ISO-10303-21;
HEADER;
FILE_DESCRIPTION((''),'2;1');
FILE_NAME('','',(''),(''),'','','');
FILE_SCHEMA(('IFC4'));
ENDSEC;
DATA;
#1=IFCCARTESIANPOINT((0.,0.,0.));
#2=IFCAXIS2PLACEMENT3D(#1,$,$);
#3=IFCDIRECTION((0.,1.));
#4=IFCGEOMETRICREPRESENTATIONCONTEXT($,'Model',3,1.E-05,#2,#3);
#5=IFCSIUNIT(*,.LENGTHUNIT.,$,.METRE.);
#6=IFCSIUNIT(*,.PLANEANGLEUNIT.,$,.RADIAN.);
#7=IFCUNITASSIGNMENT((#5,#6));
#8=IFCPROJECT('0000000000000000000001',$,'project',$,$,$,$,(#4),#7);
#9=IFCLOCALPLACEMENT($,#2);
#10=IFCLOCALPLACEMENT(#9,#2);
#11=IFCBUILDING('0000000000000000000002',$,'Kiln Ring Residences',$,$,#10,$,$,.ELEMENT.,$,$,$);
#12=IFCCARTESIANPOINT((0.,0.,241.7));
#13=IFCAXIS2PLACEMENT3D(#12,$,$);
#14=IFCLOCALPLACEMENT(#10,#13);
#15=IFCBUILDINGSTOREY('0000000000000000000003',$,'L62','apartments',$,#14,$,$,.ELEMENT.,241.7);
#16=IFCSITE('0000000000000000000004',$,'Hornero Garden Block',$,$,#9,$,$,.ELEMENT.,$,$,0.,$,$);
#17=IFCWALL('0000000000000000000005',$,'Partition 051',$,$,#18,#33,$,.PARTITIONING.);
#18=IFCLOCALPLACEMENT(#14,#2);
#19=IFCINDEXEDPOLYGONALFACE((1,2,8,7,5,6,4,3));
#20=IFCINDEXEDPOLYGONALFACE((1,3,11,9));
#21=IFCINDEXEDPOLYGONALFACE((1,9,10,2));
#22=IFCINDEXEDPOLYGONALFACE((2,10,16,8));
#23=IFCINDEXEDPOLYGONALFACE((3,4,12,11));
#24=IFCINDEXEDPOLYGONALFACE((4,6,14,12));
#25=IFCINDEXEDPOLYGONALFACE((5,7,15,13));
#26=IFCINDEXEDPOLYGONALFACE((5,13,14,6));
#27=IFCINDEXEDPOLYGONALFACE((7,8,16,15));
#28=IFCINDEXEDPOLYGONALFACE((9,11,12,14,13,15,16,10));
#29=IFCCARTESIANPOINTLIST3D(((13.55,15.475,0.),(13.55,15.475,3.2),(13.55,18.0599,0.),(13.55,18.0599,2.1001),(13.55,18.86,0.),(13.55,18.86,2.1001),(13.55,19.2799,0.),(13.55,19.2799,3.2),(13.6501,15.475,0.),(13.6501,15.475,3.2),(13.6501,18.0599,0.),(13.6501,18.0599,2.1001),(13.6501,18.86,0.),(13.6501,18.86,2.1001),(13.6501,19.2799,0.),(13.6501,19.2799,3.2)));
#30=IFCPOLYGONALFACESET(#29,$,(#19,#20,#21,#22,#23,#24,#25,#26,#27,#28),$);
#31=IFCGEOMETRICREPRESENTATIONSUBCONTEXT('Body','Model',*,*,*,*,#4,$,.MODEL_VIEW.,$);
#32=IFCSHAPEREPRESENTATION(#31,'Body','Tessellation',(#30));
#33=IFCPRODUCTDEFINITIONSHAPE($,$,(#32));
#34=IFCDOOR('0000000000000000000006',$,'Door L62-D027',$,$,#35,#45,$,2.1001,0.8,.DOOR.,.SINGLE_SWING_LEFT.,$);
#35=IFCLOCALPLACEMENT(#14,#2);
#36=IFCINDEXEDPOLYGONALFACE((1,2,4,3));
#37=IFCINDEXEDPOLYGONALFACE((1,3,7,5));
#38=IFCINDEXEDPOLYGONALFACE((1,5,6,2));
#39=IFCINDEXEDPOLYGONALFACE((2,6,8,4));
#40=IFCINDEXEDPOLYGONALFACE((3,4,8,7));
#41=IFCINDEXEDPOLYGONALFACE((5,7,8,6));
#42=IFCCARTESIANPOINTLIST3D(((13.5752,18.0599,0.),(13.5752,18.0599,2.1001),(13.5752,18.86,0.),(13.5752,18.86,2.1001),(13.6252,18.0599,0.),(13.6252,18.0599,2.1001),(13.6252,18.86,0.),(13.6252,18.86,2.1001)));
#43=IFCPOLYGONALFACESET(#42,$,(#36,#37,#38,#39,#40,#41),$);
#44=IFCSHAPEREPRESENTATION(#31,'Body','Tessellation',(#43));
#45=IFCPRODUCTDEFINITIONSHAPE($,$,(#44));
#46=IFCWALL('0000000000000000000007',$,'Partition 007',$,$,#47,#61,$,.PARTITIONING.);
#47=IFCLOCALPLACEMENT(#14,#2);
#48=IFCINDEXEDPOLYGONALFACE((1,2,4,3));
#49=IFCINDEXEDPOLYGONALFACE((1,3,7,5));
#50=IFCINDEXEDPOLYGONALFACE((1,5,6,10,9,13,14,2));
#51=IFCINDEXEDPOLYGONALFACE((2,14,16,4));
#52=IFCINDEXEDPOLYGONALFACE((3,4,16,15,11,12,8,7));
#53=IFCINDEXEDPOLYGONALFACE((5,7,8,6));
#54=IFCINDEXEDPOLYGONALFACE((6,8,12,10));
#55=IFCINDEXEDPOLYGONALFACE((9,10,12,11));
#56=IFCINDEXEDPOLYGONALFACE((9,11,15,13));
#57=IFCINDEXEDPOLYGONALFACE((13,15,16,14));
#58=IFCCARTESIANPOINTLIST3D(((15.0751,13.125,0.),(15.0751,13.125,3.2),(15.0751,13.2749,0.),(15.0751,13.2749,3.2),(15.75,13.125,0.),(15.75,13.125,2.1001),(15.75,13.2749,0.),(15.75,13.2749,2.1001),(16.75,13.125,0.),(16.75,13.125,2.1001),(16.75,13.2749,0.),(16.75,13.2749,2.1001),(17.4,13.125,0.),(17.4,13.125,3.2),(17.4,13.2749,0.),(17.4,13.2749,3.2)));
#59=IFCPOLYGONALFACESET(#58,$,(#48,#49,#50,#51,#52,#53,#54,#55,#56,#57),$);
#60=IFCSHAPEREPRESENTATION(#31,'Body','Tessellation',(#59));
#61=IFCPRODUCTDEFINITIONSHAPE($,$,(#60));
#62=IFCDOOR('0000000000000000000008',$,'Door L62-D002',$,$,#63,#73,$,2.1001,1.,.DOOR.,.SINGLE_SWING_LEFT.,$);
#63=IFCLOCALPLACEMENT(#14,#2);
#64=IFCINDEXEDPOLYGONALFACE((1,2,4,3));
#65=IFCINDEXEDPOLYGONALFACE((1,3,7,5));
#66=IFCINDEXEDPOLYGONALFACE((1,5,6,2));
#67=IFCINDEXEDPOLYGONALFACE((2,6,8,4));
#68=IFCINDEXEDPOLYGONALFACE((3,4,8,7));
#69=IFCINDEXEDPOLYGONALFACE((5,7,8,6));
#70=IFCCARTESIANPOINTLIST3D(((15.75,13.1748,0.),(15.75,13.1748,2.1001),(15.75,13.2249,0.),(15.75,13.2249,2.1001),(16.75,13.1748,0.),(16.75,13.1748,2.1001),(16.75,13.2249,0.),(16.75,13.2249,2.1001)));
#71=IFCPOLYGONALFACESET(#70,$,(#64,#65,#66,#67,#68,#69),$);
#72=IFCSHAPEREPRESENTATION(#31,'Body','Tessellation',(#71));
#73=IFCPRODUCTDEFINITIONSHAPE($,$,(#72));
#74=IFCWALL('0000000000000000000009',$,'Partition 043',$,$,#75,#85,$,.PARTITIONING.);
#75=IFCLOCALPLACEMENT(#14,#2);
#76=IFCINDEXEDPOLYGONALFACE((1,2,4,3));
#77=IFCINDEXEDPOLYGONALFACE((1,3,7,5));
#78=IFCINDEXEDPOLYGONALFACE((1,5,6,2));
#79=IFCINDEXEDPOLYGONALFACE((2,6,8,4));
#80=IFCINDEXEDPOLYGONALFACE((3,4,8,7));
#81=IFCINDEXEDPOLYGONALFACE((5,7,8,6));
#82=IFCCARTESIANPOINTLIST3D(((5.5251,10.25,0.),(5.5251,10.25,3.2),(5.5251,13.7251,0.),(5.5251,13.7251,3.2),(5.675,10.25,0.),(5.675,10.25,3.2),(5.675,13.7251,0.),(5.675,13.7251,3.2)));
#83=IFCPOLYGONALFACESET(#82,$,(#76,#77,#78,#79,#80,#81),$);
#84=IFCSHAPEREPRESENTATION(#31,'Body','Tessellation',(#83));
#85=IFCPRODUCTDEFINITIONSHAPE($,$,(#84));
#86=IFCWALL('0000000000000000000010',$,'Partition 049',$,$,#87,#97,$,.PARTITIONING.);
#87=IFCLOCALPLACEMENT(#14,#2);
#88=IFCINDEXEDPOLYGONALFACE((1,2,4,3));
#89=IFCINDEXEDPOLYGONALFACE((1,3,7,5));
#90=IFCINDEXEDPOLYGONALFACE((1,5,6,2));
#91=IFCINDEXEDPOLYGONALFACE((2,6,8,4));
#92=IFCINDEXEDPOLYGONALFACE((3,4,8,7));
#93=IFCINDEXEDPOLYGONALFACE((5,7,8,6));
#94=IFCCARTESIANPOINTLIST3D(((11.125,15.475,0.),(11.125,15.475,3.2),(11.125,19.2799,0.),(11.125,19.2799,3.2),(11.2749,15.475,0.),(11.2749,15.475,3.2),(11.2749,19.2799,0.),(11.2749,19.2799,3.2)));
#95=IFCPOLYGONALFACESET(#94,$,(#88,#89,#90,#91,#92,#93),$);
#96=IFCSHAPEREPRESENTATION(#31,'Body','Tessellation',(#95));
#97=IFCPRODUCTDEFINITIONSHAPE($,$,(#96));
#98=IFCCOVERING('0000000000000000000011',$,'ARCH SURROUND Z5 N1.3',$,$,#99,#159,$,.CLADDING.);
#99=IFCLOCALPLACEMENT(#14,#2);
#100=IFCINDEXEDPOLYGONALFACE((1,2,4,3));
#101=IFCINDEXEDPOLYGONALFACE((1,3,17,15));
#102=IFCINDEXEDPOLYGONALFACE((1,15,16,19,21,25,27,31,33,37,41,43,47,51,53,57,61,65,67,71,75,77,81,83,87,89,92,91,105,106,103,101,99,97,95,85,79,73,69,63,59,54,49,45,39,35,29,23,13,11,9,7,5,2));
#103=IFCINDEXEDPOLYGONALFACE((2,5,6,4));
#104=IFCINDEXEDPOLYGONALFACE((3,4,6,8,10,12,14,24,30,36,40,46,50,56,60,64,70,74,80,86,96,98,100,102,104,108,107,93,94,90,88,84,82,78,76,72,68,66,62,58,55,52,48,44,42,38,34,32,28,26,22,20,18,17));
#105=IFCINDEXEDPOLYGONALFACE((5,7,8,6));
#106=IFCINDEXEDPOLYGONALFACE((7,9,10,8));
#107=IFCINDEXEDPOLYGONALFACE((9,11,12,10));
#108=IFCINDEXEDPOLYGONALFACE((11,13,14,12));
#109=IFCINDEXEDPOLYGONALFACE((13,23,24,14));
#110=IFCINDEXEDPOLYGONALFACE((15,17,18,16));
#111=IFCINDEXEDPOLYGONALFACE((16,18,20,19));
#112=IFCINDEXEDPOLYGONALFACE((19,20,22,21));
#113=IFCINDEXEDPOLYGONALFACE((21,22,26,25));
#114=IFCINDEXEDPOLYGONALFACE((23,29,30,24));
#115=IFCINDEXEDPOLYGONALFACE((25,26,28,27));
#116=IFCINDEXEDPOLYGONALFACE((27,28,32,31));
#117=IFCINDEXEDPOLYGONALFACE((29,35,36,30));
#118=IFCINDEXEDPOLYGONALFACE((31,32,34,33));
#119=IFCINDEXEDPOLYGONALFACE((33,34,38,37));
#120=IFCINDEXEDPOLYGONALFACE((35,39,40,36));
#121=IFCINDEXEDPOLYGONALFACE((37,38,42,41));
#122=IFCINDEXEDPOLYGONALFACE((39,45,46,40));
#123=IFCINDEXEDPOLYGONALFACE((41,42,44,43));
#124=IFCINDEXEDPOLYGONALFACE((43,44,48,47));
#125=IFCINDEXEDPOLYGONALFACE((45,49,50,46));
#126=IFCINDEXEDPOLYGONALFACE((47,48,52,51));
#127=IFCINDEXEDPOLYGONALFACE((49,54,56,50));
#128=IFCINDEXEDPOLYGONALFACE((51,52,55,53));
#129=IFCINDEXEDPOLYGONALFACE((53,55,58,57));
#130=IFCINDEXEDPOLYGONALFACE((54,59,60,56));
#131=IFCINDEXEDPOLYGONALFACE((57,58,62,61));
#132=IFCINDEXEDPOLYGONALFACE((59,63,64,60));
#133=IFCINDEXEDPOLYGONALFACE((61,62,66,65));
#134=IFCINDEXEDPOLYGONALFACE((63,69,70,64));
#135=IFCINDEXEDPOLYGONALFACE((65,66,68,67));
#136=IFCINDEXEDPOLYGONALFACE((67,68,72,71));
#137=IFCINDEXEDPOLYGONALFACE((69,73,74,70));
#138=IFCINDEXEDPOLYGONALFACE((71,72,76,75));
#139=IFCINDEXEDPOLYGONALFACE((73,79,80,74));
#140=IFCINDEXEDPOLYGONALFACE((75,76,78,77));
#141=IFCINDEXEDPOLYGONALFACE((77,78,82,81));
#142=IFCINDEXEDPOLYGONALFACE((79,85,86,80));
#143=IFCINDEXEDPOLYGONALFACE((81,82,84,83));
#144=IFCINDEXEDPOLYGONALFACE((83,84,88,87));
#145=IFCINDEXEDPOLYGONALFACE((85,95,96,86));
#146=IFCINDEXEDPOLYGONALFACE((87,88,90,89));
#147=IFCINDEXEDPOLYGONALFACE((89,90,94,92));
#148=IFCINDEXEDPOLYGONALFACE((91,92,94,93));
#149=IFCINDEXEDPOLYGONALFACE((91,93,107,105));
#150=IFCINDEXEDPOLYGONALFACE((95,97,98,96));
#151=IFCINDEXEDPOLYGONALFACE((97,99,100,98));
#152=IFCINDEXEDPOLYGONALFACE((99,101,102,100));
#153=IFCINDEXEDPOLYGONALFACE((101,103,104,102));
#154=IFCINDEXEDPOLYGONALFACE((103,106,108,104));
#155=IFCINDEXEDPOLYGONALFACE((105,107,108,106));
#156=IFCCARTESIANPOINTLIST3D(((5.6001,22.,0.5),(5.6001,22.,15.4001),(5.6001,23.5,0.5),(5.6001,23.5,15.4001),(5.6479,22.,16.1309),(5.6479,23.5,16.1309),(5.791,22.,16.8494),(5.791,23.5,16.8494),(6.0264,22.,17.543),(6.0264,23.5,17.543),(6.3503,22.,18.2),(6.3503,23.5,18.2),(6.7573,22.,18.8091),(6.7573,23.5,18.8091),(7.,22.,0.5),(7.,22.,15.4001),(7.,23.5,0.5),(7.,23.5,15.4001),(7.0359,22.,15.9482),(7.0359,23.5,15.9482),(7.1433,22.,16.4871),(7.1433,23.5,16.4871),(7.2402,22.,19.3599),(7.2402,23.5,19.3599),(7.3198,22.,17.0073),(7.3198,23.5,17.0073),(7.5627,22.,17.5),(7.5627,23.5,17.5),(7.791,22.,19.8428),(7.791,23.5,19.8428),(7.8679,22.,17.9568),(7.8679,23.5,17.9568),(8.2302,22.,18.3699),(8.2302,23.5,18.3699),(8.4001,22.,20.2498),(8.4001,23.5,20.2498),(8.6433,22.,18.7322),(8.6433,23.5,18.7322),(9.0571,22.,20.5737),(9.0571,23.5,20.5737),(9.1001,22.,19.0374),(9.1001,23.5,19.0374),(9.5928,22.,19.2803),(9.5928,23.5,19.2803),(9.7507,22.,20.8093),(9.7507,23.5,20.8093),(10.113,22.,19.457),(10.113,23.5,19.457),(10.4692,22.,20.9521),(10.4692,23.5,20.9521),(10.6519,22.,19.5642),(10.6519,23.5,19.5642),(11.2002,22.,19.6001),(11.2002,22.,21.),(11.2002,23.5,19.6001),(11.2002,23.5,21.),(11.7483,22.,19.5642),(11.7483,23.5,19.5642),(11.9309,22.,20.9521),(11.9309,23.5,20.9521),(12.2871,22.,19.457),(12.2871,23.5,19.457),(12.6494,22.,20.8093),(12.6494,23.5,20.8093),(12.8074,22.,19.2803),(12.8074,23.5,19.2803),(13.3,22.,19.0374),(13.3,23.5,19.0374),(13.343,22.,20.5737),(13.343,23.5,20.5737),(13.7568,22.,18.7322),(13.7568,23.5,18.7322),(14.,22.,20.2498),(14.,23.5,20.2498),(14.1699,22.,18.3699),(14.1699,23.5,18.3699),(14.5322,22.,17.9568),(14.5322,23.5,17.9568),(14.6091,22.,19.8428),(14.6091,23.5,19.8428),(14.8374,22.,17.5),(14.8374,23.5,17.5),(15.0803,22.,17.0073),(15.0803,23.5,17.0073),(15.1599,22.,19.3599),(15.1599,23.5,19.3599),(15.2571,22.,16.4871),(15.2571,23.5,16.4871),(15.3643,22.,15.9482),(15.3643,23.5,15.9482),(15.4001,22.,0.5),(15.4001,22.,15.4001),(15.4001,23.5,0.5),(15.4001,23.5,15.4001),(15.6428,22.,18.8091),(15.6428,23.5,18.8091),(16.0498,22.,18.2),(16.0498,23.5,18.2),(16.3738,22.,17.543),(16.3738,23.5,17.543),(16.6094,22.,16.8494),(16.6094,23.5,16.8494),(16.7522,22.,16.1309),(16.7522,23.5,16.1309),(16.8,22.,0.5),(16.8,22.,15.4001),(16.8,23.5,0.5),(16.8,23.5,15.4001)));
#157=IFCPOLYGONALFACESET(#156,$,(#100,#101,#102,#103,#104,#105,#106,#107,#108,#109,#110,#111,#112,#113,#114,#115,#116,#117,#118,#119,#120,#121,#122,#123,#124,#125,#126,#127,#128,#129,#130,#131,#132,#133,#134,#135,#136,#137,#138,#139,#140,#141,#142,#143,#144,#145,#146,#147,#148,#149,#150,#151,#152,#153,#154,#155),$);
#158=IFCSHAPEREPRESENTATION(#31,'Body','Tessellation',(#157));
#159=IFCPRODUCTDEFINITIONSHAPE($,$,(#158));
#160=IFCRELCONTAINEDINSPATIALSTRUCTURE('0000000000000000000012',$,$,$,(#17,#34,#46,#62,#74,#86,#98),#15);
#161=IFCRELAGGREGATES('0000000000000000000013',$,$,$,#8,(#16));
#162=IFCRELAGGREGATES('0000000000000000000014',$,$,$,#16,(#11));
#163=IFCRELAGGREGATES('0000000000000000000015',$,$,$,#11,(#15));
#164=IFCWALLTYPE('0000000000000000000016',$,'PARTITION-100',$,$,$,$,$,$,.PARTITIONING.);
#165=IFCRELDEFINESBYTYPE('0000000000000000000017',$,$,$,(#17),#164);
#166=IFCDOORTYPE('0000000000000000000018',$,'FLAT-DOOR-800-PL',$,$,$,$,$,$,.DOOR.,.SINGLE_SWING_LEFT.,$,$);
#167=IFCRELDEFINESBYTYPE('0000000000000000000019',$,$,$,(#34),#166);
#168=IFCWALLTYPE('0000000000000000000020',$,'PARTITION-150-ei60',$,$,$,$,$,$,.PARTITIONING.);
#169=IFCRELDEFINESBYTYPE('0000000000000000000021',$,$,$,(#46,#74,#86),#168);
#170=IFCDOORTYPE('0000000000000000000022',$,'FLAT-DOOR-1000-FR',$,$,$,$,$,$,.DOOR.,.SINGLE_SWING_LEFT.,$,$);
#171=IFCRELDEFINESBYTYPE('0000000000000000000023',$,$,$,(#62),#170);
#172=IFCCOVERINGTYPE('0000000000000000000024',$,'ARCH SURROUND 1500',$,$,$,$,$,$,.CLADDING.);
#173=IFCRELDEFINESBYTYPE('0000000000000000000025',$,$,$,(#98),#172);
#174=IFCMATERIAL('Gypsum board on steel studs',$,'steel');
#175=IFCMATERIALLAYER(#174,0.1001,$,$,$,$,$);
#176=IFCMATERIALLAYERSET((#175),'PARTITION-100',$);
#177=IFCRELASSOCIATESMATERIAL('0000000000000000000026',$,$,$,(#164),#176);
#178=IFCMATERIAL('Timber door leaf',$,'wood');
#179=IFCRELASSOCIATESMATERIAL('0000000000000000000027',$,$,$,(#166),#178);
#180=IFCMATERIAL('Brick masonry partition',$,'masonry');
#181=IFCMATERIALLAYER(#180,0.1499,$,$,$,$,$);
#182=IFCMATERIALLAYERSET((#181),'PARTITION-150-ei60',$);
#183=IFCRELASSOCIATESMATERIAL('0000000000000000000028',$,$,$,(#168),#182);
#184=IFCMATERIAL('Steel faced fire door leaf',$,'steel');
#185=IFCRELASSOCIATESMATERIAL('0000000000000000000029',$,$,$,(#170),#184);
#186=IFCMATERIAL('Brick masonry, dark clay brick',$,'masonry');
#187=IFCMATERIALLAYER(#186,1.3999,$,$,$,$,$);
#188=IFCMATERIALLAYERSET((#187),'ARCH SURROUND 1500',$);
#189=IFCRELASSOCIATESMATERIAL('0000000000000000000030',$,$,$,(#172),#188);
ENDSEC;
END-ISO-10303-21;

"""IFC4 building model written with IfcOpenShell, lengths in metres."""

from ifc_helpers import new_model, si_unit, direction, frame, frame_2d, origin, place, context, subcontext, project, spatial, polyline, rectangle, outline, extrude, material, layer, layer_set, type_object, element, fill, save


model = new_model("IFC4")

# Units and contexts
model_context = context("Model", 3, precision=1e-05, world=origin(), true_north=direction((0.0, 1.0)))
body_context = subcontext(model_context, "Body", "Model", "MODEL_VIEW")
ifc_project = project(units=[si_unit("LENGTHUNIT", "METRE"), si_unit("PLANEANGLEUNIT", "RADIAN")], contexts=[model_context])

# Site, building, storey
site_placement = place(None, origin())
site = spatial("IfcSite", under=ifc_project, at=site_placement, Name="Hornero Garden Block", CompositionType="ELEMENT", RefElevation=0.0)
building_placement = place(site_placement, origin())
building = spatial("IfcBuilding", under=site, at=building_placement, Name="Kiln Ring Residences", CompositionType="ELEMENT")
storey_placement = place(building_placement, frame((0.0, 0.0, 241.7)))
storey = spatial("IfcBuildingStorey", under=building, at=storey_placement, Name="L62", Description="apartments", CompositionType="ELEMENT", Elevation=241.7)

# Shared definitions
ifc_material_1 = material(Name="Gypsum board on steel studs", Category="steel")
ifc_layer_1 = layer(ifc_material_1, 0.1001)
ifc_layer_set_1 = layer_set([ifc_layer_1], Name="PARTITION-100")
wall_type_1 = type_object("IfcWallType", Name="PARTITION-100", PredefinedType="PARTITIONING", material=ifc_layer_set_1)

# Walls, openings, doors
wall_1_placement = place(storey_placement, frame((13.6001, 15.4751, 0.0), z_axis=(0.0, 0.0, 1.0), x_axis=(0.0, 1.0, 0.0)))
wall_1 = element("IfcWall", 1, at=wall_1_placement, inside=storey, type_object=wall_type_1, Name="Partition 051", PredefinedType="PARTITIONING", context=body_context, shape_type="SweptSolid", body=[
    extrude(rectangle(XDim=3.8049, YDim=0.1001, at=frame_2d((1.9023, 0.0))), origin(), (0.0, 0.0, 1.0), 3.2),
])
opening_1_placement = place(wall_1_placement, frame((2.585, 0.0, 0.0)))
opening_1 = element("IfcOpeningElement", 2, at=opening_1_placement, cuts=wall_1, PredefinedType="OPENING", context=body_context, shape_type="SweptSolid", body=[
    extrude(rectangle(XDim=0.8, YDim=2.1001, at=frame_2d((0.3999, 1.05))), frame((0.0, 0.0601, 0.0), z_axis=(0.0, -1.0, 0.0), x_axis=(1.0, 0.0, 0.0)), (0.0, 0.0, 1.0), 0.1201),
])
ifc_material_2 = material(Name="Timber door leaf", Category="wood")
door_type_1 = type_object("IfcDoorType", Name="FLAT-DOOR-800-PL", OperationType="SINGLE_SWING_LEFT", PredefinedType="DOOR", material=ifc_material_2)
door_1_placement = place(opening_1_placement, origin())
door_1 = element("IfcDoor", 3, at=door_1_placement, inside=storey, type_object=door_type_1, Name="Door L62-D027", OperationType="SINGLE_SWING_LEFT", OverallHeight=2.1001, OverallWidth=0.8, PredefinedType="DOOR", context=body_context, shape_type="SweptSolid", body=[
    extrude(rectangle(XDim=0.8, YDim=2.1001, at=frame_2d((0.3999, 1.05))), frame((0.0, 0.0249, 0.0), z_axis=(0.0, -1.0, 0.0), x_axis=(1.0, 0.0, 0.0)), (0.0, 0.0, 1.0), 0.05),
])
fill(opening_1, door_1)
ifc_material_3 = material(Name="Brick masonry partition", Category="masonry")
ifc_layer_2 = layer(ifc_material_3, 0.1499)
ifc_layer_set_2 = layer_set([ifc_layer_2], Name="PARTITION-150-ei60")
wall_type_2 = type_object("IfcWallType", Name="PARTITION-150-ei60", PredefinedType="PARTITIONING", material=ifc_layer_set_2)
wall_2_placement = place(storey_placement, frame((15.075, 13.2, 0.0), z_axis=(0.0, 0.0, 1.0), x_axis=(1.0, 0.0, 0.0)))
wall_2 = element("IfcWall", 4, at=wall_2_placement, inside=storey, type_object=wall_type_2, Name="Partition 007", PredefinedType="PARTITIONING", context=body_context, shape_type="SweptSolid", body=[
    extrude(rectangle(XDim=2.325, YDim=0.1499, at=frame_2d((1.1626, 0.0))), origin(), (0.0, 0.0, 1.0), 3.2),
])
opening_2_placement = place(wall_2_placement, frame((0.675, 0.0, 0.0)))
opening_2 = element("IfcOpeningElement", 5, at=opening_2_placement, cuts=wall_2, PredefinedType="OPENING", context=body_context, shape_type="SweptSolid", body=[
    extrude(rectangle(XDim=1.0, YDim=2.1001, at=frame_2d((0.5, 1.05))), frame((0.0, 0.085, 0.0), z_axis=(0.0, -1.0, 0.0), x_axis=(1.0, 0.0, 0.0)), (0.0, 0.0, 1.0), 0.1699),
])
ifc_material_4 = material(Name="Steel faced fire door leaf", Category="steel")
door_type_2 = type_object("IfcDoorType", Name="FLAT-DOOR-1000-FR", OperationType="SINGLE_SWING_LEFT", PredefinedType="DOOR", material=ifc_material_4)
door_2_placement = place(opening_2_placement, origin())
door_2 = element("IfcDoor", 6, at=door_2_placement, inside=storey, type_object=door_type_2, Name="Door L62-D002", OperationType="SINGLE_SWING_LEFT", OverallHeight=2.1001, OverallWidth=1.0, PredefinedType="DOOR", context=body_context, shape_type="SweptSolid", body=[
    extrude(rectangle(XDim=1.0, YDim=2.1001, at=frame_2d((0.5, 1.05))), frame((0.0, 0.0249, 0.0), z_axis=(0.0, -1.0, 0.0), x_axis=(1.0, 0.0, 0.0)), (0.0, 0.0, 1.0), 0.05),
])
fill(opening_2, door_2)

# Walls
wall_3_placement = place(storey_placement, frame((5.6001, 10.25, 0.0), z_axis=(0.0, 0.0, 1.0), x_axis=(0.0, 1.0, 0.0)))
element("IfcWall", 7, at=wall_3_placement, inside=storey, type_object=wall_type_2, Name="Partition 043", PredefinedType="PARTITIONING", context=body_context, shape_type="SweptSolid", body=[
    extrude(rectangle(XDim=3.4751, YDim=0.1499, at=frame_2d((1.7375, 0.0))), origin(), (0.0, 0.0, 1.0), 3.2),
])
wall_4_placement = place(storey_placement, frame((11.2, 15.4751, 0.0), z_axis=(0.0, 0.0, 1.0), x_axis=(0.0, 1.0, 0.0)))
element("IfcWall", 8, at=wall_4_placement, inside=storey, type_object=wall_type_2, Name="Partition 049", PredefinedType="PARTITIONING", context=body_context, shape_type="SweptSolid", body=[
    extrude(rectangle(XDim=3.8049, YDim=0.1499, at=frame_2d((1.9023, 0.0))), origin(), (0.0, 0.0, 1.0), 3.2),
])

# Covering
ifc_material_5 = material(Name="Brick masonry, dark clay brick", Category="masonry")
ifc_layer_3 = layer(ifc_material_5, 1.3999)
ifc_layer_set_3 = layer_set([ifc_layer_3], Name="ARCH SURROUND 1500")
covering_type_1 = type_object("IfcCoveringType", Name="ARCH SURROUND 1500", PredefinedType="CLADDING", material=ifc_layer_set_3)
covering_1_placement = place(storey_placement, frame((5.6001, 22.75, 0.5), z_axis=(0.0, 0.0, 1.0), x_axis=(1.0, 0.0, 0.0)))
element("IfcCovering", 9, at=covering_1_placement, inside=storey, type_object=covering_type_1, Name="ARCH SURROUND Z5 N1.3", PredefinedType="CLADDING", context=body_context, shape_type="SweptSolid", body=[
    extrude(outline(polyline([(0.0, 0.0), (0.0, 14.9001), (0.0479, 15.6309), (0.1909, 16.3494), (0.4263, 17.043), (0.7502, 17.7), (1.1572, 18.3091), (1.6401, 18.8599), (2.1909, 19.3428), (2.8, 19.7498), (3.457, 20.0737), (4.1506, 20.3093), (4.8691, 20.4521), (5.6001, 20.5), (6.3308, 20.4521), (7.0493, 20.3093), (7.7429, 20.0737), (8.3999, 19.7498), (9.009, 19.3428), (9.5598, 18.8599), (10.0427, 18.3091), (10.4497, 17.7), (10.7737, 17.043), (11.0093, 16.3494), (11.1521, 15.6309), (11.2, 14.9001), (11.2, 0.0), (9.8, 0.0), (9.8, 14.9001), (9.7642, 15.4482), (9.657, 15.9871), (9.4802, 16.5073), (9.2373, 17.0), (8.9321, 17.4568), (8.5698, 17.8699), (8.1567, 18.2322), (7.7, 18.5374), (7.2073, 18.7803), (6.687, 18.957), (6.1482, 19.0642), (5.6001, 19.1001), (5.0518, 19.0642), (4.5129, 18.957), (3.9927, 18.7803), (3.5, 18.5374), (3.0432, 18.2322), (2.6301, 17.8699), (2.2678, 17.4568), (1.9626, 17.0), (1.7197, 16.5073), (1.5432, 15.9871), (1.4358, 15.4482), (1.3999, 14.9001), (1.3999, 0.0), (0.0, 0.0)])), frame((0.0, 0.75, 0.0), z_axis=(0.0, -1.0, 0.0), x_axis=(1.0, 0.0, 0.0)), (0.0, 0.0, 1.0), 1.5),
])

save(model, "model.ifc")
